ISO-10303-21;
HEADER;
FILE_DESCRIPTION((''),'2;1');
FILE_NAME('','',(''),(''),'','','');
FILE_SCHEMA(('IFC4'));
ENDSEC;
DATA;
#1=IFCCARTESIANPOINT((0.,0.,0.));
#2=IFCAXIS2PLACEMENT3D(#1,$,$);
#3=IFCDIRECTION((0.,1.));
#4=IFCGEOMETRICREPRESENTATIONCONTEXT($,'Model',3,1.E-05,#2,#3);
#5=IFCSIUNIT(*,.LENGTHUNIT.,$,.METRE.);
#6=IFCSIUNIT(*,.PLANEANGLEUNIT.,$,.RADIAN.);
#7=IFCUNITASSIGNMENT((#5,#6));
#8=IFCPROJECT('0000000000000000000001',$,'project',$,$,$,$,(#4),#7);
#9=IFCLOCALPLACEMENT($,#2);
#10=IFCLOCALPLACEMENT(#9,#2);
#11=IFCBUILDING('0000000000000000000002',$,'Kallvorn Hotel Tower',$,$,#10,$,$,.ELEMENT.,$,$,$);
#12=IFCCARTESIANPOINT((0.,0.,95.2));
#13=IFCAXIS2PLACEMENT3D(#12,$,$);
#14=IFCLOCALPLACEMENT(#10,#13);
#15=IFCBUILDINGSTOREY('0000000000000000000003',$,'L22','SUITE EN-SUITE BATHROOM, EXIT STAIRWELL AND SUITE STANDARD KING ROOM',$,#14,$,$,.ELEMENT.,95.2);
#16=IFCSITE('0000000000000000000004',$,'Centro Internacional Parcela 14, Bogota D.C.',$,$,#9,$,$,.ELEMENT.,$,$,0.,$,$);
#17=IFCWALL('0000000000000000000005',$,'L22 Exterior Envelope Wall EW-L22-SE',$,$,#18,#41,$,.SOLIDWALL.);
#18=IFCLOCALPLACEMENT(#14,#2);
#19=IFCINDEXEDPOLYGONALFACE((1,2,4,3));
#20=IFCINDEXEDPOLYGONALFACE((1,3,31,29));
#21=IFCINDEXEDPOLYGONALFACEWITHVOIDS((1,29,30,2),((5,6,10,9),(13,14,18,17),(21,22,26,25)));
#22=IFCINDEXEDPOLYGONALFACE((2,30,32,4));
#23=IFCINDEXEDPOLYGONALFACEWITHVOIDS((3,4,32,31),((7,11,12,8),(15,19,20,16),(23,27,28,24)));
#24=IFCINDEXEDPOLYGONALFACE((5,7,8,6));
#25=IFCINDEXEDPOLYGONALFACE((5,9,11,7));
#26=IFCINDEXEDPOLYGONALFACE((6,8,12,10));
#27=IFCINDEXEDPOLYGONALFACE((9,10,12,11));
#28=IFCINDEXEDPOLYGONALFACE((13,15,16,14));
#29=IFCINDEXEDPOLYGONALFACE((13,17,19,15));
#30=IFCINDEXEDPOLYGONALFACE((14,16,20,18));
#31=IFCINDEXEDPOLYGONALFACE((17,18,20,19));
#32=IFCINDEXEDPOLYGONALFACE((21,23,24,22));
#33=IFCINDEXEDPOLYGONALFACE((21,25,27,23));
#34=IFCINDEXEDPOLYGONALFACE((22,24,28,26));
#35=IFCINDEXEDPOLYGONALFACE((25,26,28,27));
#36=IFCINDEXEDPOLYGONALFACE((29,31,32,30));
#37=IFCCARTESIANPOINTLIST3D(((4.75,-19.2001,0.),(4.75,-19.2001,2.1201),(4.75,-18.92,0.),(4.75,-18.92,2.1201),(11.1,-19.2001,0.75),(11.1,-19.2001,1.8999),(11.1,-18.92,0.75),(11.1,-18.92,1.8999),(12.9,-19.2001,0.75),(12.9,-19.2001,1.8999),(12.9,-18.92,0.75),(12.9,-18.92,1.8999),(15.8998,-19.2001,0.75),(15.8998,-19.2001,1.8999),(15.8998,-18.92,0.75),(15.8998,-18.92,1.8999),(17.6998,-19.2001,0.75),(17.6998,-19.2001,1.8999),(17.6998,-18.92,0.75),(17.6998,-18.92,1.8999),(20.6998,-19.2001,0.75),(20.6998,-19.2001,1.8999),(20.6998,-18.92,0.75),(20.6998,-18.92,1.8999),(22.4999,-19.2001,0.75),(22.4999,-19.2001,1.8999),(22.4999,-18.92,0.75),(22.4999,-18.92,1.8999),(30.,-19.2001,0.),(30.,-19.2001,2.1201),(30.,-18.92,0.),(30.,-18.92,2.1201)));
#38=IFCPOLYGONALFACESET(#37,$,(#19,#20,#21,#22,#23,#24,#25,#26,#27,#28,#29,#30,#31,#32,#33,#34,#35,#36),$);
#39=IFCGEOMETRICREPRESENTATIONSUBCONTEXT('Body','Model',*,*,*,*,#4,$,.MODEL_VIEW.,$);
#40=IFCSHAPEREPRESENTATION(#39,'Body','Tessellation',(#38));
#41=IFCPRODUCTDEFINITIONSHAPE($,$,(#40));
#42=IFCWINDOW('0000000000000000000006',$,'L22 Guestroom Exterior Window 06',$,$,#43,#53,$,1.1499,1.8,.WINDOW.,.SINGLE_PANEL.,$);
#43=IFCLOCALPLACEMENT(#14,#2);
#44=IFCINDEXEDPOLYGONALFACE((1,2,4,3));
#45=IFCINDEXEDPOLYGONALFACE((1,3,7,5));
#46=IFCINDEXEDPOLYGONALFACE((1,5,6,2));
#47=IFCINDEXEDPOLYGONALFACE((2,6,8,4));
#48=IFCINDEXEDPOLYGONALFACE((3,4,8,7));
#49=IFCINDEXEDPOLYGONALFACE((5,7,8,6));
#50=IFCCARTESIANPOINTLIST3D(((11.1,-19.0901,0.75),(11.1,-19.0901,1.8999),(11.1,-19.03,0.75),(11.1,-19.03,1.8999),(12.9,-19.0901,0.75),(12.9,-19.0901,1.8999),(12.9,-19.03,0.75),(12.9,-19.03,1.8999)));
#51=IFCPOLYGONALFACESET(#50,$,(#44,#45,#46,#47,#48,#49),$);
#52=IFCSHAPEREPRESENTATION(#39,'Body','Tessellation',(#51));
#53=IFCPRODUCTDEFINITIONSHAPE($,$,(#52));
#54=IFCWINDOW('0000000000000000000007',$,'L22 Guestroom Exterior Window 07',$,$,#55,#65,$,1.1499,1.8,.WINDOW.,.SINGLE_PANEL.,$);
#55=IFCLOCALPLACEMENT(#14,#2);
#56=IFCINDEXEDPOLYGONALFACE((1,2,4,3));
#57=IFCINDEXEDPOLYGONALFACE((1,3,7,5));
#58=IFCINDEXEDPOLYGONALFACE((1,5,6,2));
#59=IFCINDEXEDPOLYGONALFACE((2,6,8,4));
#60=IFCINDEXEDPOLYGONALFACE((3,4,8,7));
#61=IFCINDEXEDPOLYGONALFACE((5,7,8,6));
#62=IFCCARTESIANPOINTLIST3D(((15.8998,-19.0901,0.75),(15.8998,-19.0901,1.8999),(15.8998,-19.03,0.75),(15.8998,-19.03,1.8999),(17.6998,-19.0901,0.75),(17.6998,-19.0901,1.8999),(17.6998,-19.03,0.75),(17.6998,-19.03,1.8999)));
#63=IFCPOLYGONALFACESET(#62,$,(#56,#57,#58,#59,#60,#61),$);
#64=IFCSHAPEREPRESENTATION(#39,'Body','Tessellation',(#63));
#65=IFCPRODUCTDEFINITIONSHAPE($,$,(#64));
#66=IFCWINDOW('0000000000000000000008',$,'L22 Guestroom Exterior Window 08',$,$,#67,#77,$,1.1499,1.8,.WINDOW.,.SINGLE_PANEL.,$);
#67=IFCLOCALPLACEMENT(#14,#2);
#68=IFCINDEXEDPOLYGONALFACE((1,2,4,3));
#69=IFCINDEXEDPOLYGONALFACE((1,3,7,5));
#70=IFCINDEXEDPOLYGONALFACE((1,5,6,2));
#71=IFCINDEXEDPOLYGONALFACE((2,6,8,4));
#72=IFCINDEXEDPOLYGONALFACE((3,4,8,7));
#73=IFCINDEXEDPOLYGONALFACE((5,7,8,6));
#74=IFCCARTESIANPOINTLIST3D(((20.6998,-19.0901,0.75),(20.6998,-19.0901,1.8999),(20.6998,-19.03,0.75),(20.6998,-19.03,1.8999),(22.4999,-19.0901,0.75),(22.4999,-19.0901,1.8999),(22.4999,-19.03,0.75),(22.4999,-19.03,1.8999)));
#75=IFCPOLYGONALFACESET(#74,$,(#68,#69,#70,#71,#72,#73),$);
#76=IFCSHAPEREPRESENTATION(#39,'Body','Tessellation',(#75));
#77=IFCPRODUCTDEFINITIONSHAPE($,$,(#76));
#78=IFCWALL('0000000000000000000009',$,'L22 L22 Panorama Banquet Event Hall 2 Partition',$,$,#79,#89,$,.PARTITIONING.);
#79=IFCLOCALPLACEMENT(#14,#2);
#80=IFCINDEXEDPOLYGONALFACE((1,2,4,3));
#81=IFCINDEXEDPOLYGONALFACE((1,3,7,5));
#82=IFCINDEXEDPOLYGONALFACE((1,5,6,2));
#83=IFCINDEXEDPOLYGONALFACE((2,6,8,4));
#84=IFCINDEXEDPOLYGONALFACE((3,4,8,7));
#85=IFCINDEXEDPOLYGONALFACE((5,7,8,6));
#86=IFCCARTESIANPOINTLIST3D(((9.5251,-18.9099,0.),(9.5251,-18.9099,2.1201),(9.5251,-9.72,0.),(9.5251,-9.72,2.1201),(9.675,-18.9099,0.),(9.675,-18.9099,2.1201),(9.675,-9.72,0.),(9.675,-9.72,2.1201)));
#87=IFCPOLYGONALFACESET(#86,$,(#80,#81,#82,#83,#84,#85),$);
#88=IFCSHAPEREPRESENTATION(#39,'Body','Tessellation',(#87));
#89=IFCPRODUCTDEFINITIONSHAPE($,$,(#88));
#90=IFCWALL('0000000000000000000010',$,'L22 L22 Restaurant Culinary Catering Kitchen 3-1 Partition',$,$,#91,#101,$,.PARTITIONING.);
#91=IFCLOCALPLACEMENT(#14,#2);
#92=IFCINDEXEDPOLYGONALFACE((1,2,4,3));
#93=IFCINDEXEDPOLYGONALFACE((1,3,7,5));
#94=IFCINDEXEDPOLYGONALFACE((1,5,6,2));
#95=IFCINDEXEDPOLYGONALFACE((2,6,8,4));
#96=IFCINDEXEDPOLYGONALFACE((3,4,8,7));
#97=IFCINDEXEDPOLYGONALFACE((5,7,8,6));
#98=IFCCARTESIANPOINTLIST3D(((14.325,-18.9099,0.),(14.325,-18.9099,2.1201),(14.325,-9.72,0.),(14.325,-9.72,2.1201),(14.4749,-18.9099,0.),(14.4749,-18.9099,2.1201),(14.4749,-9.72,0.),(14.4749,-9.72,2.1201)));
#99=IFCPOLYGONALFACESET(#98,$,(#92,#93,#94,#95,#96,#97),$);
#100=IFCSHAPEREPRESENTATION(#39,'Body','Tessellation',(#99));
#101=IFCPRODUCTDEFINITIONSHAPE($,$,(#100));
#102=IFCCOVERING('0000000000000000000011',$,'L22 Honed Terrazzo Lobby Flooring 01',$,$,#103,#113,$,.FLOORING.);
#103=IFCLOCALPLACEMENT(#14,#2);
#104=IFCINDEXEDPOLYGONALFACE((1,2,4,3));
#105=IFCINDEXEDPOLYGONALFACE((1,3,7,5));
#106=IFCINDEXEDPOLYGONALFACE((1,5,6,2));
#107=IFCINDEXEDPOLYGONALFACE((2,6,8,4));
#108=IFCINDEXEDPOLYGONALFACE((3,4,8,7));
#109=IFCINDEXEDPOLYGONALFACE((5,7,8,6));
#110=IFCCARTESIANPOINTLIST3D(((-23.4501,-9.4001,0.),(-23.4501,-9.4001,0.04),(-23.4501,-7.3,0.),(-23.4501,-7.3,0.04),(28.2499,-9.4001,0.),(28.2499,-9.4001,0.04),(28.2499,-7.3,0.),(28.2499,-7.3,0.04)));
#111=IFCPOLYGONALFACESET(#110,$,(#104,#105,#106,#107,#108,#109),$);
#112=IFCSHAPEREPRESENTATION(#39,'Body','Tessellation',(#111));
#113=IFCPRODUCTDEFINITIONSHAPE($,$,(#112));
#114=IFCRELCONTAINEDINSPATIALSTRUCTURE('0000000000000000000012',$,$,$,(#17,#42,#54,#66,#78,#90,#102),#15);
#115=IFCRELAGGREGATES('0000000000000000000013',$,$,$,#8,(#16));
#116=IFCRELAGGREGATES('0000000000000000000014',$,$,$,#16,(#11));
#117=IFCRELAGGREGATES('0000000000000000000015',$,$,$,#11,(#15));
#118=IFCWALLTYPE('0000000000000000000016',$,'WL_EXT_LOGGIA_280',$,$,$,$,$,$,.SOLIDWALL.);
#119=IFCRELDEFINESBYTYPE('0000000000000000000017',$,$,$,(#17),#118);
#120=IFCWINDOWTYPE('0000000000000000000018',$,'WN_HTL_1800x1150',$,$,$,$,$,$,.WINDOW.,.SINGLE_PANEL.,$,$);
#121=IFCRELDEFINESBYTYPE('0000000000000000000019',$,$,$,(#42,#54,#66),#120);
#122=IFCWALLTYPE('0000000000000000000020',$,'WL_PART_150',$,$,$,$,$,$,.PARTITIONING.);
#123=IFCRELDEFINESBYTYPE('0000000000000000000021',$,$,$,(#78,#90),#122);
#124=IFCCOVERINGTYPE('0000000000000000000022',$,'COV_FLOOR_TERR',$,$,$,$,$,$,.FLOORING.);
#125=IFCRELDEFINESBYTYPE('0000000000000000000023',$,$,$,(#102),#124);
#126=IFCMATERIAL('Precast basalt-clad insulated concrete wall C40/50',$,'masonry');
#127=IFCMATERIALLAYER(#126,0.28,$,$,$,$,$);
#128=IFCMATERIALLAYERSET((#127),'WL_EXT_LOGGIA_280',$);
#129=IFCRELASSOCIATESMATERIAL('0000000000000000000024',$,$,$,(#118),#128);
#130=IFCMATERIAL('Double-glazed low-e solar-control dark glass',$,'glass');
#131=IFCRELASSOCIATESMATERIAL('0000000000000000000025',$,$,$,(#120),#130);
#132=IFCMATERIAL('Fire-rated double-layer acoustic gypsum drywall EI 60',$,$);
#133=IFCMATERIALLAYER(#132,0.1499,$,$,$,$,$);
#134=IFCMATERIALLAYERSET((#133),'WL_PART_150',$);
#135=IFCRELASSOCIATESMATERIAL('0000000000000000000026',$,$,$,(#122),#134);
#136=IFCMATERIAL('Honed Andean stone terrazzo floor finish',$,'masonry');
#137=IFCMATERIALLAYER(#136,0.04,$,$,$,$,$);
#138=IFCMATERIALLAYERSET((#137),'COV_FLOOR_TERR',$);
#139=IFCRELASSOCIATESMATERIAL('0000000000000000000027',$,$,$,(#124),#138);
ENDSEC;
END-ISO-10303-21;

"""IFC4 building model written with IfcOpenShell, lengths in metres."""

from ifc_helpers import new_model, si_unit, direction, frame, frame_2d, origin, origin_2d, place, context, subcontext, project, spatial, rectangle, extrude, material, layer, layer_set, type_object, element, fill, save


model = new_model("IFC4")

# Units and contexts
model_context = context("Model", 3, precision=1e-05, world=origin(), true_north=direction((0.0, 1.0)))
body_context = subcontext(model_context, "Body", "Model", "MODEL_VIEW")
ifc_project = project(units=[si_unit("LENGTHUNIT", "METRE"), si_unit("PLANEANGLEUNIT", "RADIAN")], contexts=[model_context])

# Site, building, storey
site_placement = place(None, origin())
site = spatial("IfcSite", under=ifc_project, at=site_placement, Name="Centro Internacional Parcela 14, Bogota D.C.", CompositionType="ELEMENT", RefElevation=0.0)
building_placement = place(site_placement, origin())
building = spatial("IfcBuilding", under=site, at=building_placement, Name="Kallvorn Hotel Tower", CompositionType="ELEMENT")
storey_placement = place(building_placement, frame((0.0, 0.0, 95.2)))
storey = spatial("IfcBuildingStorey", under=building, at=storey_placement, Name="L22", Description="SUITE EN-SUITE BATHROOM, EXIT STAIRWELL AND SUITE STANDARD KING ROOM", CompositionType="ELEMENT", Elevation=95.2)

# Wall, openings, windows
ifc_material_1 = material(Name="Precast basalt-clad insulated concrete wall C40/50", Category="masonry")
ifc_layer_1 = layer(ifc_material_1, 0.28)
ifc_layer_set_1 = layer_set([ifc_layer_1], Name="WL_EXT_LOGGIA_280")
wall_type_1 = type_object("IfcWallType", Name="WL_EXT_LOGGIA_280", PredefinedType="SOLIDWALL", material=ifc_layer_set_1)
wall_1_placement = place(storey_placement, frame((4.75, -19.0601, 0.0), z_axis=(0.0, 0.0, 1.0), x_axis=(1.0, 0.0, 0.0)))
wall_1 = element("IfcWall", 1, at=wall_1_placement, inside=storey, type_object=wall_type_1, Name="L22 Exterior Envelope Wall EW-L22-SE", PredefinedType="SOLIDWALL", context=body_context, shape_type="SweptSolid", body=[
    extrude(rectangle(XDim=25.25, YDim=0.28, at=frame_2d((12.625, 0.0))), origin(), (0.0, 0.0, 1.0), 2.1201),
])
opening_1_placement = place(wall_1_placement, frame((6.3501, 0.0, 0.75)))
opening_1 = element("IfcOpeningElement", 2, at=opening_1_placement, cuts=wall_1, PredefinedType="OPENING", context=body_context, shape_type="SweptSolid", body=[
    extrude(rectangle(XDim=1.8, YDim=1.1499, at=frame_2d((0.8999, 0.575))), frame((0.0, 0.155, 0.0), z_axis=(0.0, -1.0, 0.0), x_axis=(1.0, 0.0, 0.0)), (0.0, 0.0, 1.0), 0.3101),
])
opening_2_placement = place(wall_1_placement, frame((11.1499, 0.0, 0.75)))
opening_2 = element("IfcOpeningElement", 3, at=opening_2_placement, cuts=wall_1, PredefinedType="OPENING", context=body_context, shape_type="SweptSolid", body=[
    extrude(rectangle(XDim=1.8, YDim=1.1499, at=frame_2d((0.8999, 0.575))), frame((0.0, 0.155, 0.0), z_axis=(0.0, -1.0, 0.0), x_axis=(1.0, 0.0, 0.0)), (0.0, 0.0, 1.0), 0.3101),
])
opening_3_placement = place(wall_1_placement, frame((15.95, 0.0, 0.75)))
opening_3 = element("IfcOpeningElement", 4, at=opening_3_placement, cuts=wall_1, PredefinedType="OPENING", context=body_context, shape_type="SweptSolid", body=[
    extrude(rectangle(XDim=1.8, YDim=1.1499, at=frame_2d((0.8999, 0.575))), frame((0.0, 0.155, 0.0), z_axis=(0.0, -1.0, 0.0), x_axis=(1.0, 0.0, 0.0)), (0.0, 0.0, 1.0), 0.3101),
])
ifc_material_2 = material(Name="Double-glazed low-e solar-control dark glass", Category="glass")
window_type = type_object("IfcWindowType", Name="WN_HTL_1800x1150", PartitioningType="SINGLE_PANEL", PredefinedType="WINDOW", material=ifc_material_2)
window_1_placement = place(opening_1_placement, origin())
window_1 = element("IfcWindow", 5, at=window_1_placement, inside=storey, type_object=window_type, Name="L22 Guestroom Exterior Window 06", OverallHeight=1.1499, OverallWidth=1.8, PartitioningType="SINGLE_PANEL", PredefinedType="WINDOW", context=body_context, shape_type="SweptSolid", body=[
    extrude(rectangle(XDim=1.8, YDim=1.1499, at=frame_2d((0.8999, 0.575))), frame((0.0, 0.03, 0.0), z_axis=(0.0, -1.0, 0.0), x_axis=(1.0, 0.0, 0.0)), (0.0, 0.0, 1.0), 0.0601),
])
fill(opening_1, window_1)
window_2_placement = place(opening_2_placement, origin())
window_2 = element("IfcWindow", 6, at=window_2_placement, inside=storey, type_object=window_type, Name="L22 Guestroom Exterior Window 07", OverallHeight=1.1499, OverallWidth=1.8, PartitioningType="SINGLE_PANEL", PredefinedType="WINDOW", context=body_context, shape_type="SweptSolid", body=[
    extrude(rectangle(XDim=1.8, YDim=1.1499, at=frame_2d((0.8999, 0.575))), frame((0.0, 0.03, 0.0), z_axis=(0.0, -1.0, 0.0), x_axis=(1.0, 0.0, 0.0)), (0.0, 0.0, 1.0), 0.0601),
])
fill(opening_2, window_2)
window_3_placement = place(opening_3_placement, origin())
window_3 = element("IfcWindow", 7, at=window_3_placement, inside=storey, type_object=window_type, Name="L22 Guestroom Exterior Window 08", OverallHeight=1.1499, OverallWidth=1.8, PartitioningType="SINGLE_PANEL", PredefinedType="WINDOW", context=body_context, shape_type="SweptSolid", body=[
    extrude(rectangle(XDim=1.8, YDim=1.1499, at=frame_2d((0.8999, 0.575))), frame((0.0, 0.03, 0.0), z_axis=(0.0, -1.0, 0.0), x_axis=(1.0, 0.0, 0.0)), (0.0, 0.0, 1.0), 0.0601),
])
fill(opening_3, window_3)

# Walls
ifc_material_3 = material(Name="Fire-rated double-layer acoustic gypsum drywall EI 60")
ifc_layer_2 = layer(ifc_material_3, 0.1499)
ifc_layer_set_2 = layer_set([ifc_layer_2], Name="WL_PART_150")
wall_type_2 = type_object("IfcWallType", Name="WL_PART_150", PredefinedType="PARTITIONING", material=ifc_layer_set_2)
for number, where, z_axis, x_axis, name in (
    (8, (9.6001, -18.9099, 0.0), (0.0, 0.0, 1.0), (0.0, 1.0, 0.0), "L22 L22 Panorama Banquet Event Hall 2 Partition"),
    (9, (14.3999, -18.9099, 0.0), (0.0, 0.0, 1.0), (0.0, 1.0, 0.0), "L22 L22 Restaurant Culinary Catering Kitchen 3-1 Partition"),
):
    element("IfcWall", number, at=place(storey_placement, frame(where, z_axis=z_axis, x_axis=x_axis)), inside=storey, type_object=wall_type_2, Name=name, PredefinedType="PARTITIONING", context=body_context, shape_type="SweptSolid", body=[
        extrude(rectangle(XDim=9.1899, YDim=0.1499, at=frame_2d((4.595, 0.0))), origin(), (0.0, 0.0, 1.0), 2.1201),
    ])

# Covering
ifc_material_4 = material(Name="Honed Andean stone terrazzo floor finish", Category="masonry")
ifc_layer_3 = layer(ifc_material_4, 0.04)
ifc_layer_set_3 = layer_set([ifc_layer_3], Name="COV_FLOOR_TERR")
covering_type = type_object("IfcCoveringType", Name="COV_FLOOR_TERR", PredefinedType="FLOORING", material=ifc_layer_set_3)
covering_placement = place(storey_placement, frame((2.3999, -8.3501, 0.0), z_axis=(0.0, 0.0, 1.0), x_axis=(1.0, 0.0, 0.0)))
element("IfcCovering", 10, at=covering_placement, inside=storey, type_object=covering_type, Name="L22 Honed Terrazzo Lobby Flooring 01", PredefinedType="FLOORING", context=body_context, shape_type="SweptSolid", body=[
    extrude(rectangle(XDim=51.7, YDim=2.1001, at=origin_2d()), origin(), (0.0, 0.0, 1.0), 0.04),
])

save(model, "model.ifc")
